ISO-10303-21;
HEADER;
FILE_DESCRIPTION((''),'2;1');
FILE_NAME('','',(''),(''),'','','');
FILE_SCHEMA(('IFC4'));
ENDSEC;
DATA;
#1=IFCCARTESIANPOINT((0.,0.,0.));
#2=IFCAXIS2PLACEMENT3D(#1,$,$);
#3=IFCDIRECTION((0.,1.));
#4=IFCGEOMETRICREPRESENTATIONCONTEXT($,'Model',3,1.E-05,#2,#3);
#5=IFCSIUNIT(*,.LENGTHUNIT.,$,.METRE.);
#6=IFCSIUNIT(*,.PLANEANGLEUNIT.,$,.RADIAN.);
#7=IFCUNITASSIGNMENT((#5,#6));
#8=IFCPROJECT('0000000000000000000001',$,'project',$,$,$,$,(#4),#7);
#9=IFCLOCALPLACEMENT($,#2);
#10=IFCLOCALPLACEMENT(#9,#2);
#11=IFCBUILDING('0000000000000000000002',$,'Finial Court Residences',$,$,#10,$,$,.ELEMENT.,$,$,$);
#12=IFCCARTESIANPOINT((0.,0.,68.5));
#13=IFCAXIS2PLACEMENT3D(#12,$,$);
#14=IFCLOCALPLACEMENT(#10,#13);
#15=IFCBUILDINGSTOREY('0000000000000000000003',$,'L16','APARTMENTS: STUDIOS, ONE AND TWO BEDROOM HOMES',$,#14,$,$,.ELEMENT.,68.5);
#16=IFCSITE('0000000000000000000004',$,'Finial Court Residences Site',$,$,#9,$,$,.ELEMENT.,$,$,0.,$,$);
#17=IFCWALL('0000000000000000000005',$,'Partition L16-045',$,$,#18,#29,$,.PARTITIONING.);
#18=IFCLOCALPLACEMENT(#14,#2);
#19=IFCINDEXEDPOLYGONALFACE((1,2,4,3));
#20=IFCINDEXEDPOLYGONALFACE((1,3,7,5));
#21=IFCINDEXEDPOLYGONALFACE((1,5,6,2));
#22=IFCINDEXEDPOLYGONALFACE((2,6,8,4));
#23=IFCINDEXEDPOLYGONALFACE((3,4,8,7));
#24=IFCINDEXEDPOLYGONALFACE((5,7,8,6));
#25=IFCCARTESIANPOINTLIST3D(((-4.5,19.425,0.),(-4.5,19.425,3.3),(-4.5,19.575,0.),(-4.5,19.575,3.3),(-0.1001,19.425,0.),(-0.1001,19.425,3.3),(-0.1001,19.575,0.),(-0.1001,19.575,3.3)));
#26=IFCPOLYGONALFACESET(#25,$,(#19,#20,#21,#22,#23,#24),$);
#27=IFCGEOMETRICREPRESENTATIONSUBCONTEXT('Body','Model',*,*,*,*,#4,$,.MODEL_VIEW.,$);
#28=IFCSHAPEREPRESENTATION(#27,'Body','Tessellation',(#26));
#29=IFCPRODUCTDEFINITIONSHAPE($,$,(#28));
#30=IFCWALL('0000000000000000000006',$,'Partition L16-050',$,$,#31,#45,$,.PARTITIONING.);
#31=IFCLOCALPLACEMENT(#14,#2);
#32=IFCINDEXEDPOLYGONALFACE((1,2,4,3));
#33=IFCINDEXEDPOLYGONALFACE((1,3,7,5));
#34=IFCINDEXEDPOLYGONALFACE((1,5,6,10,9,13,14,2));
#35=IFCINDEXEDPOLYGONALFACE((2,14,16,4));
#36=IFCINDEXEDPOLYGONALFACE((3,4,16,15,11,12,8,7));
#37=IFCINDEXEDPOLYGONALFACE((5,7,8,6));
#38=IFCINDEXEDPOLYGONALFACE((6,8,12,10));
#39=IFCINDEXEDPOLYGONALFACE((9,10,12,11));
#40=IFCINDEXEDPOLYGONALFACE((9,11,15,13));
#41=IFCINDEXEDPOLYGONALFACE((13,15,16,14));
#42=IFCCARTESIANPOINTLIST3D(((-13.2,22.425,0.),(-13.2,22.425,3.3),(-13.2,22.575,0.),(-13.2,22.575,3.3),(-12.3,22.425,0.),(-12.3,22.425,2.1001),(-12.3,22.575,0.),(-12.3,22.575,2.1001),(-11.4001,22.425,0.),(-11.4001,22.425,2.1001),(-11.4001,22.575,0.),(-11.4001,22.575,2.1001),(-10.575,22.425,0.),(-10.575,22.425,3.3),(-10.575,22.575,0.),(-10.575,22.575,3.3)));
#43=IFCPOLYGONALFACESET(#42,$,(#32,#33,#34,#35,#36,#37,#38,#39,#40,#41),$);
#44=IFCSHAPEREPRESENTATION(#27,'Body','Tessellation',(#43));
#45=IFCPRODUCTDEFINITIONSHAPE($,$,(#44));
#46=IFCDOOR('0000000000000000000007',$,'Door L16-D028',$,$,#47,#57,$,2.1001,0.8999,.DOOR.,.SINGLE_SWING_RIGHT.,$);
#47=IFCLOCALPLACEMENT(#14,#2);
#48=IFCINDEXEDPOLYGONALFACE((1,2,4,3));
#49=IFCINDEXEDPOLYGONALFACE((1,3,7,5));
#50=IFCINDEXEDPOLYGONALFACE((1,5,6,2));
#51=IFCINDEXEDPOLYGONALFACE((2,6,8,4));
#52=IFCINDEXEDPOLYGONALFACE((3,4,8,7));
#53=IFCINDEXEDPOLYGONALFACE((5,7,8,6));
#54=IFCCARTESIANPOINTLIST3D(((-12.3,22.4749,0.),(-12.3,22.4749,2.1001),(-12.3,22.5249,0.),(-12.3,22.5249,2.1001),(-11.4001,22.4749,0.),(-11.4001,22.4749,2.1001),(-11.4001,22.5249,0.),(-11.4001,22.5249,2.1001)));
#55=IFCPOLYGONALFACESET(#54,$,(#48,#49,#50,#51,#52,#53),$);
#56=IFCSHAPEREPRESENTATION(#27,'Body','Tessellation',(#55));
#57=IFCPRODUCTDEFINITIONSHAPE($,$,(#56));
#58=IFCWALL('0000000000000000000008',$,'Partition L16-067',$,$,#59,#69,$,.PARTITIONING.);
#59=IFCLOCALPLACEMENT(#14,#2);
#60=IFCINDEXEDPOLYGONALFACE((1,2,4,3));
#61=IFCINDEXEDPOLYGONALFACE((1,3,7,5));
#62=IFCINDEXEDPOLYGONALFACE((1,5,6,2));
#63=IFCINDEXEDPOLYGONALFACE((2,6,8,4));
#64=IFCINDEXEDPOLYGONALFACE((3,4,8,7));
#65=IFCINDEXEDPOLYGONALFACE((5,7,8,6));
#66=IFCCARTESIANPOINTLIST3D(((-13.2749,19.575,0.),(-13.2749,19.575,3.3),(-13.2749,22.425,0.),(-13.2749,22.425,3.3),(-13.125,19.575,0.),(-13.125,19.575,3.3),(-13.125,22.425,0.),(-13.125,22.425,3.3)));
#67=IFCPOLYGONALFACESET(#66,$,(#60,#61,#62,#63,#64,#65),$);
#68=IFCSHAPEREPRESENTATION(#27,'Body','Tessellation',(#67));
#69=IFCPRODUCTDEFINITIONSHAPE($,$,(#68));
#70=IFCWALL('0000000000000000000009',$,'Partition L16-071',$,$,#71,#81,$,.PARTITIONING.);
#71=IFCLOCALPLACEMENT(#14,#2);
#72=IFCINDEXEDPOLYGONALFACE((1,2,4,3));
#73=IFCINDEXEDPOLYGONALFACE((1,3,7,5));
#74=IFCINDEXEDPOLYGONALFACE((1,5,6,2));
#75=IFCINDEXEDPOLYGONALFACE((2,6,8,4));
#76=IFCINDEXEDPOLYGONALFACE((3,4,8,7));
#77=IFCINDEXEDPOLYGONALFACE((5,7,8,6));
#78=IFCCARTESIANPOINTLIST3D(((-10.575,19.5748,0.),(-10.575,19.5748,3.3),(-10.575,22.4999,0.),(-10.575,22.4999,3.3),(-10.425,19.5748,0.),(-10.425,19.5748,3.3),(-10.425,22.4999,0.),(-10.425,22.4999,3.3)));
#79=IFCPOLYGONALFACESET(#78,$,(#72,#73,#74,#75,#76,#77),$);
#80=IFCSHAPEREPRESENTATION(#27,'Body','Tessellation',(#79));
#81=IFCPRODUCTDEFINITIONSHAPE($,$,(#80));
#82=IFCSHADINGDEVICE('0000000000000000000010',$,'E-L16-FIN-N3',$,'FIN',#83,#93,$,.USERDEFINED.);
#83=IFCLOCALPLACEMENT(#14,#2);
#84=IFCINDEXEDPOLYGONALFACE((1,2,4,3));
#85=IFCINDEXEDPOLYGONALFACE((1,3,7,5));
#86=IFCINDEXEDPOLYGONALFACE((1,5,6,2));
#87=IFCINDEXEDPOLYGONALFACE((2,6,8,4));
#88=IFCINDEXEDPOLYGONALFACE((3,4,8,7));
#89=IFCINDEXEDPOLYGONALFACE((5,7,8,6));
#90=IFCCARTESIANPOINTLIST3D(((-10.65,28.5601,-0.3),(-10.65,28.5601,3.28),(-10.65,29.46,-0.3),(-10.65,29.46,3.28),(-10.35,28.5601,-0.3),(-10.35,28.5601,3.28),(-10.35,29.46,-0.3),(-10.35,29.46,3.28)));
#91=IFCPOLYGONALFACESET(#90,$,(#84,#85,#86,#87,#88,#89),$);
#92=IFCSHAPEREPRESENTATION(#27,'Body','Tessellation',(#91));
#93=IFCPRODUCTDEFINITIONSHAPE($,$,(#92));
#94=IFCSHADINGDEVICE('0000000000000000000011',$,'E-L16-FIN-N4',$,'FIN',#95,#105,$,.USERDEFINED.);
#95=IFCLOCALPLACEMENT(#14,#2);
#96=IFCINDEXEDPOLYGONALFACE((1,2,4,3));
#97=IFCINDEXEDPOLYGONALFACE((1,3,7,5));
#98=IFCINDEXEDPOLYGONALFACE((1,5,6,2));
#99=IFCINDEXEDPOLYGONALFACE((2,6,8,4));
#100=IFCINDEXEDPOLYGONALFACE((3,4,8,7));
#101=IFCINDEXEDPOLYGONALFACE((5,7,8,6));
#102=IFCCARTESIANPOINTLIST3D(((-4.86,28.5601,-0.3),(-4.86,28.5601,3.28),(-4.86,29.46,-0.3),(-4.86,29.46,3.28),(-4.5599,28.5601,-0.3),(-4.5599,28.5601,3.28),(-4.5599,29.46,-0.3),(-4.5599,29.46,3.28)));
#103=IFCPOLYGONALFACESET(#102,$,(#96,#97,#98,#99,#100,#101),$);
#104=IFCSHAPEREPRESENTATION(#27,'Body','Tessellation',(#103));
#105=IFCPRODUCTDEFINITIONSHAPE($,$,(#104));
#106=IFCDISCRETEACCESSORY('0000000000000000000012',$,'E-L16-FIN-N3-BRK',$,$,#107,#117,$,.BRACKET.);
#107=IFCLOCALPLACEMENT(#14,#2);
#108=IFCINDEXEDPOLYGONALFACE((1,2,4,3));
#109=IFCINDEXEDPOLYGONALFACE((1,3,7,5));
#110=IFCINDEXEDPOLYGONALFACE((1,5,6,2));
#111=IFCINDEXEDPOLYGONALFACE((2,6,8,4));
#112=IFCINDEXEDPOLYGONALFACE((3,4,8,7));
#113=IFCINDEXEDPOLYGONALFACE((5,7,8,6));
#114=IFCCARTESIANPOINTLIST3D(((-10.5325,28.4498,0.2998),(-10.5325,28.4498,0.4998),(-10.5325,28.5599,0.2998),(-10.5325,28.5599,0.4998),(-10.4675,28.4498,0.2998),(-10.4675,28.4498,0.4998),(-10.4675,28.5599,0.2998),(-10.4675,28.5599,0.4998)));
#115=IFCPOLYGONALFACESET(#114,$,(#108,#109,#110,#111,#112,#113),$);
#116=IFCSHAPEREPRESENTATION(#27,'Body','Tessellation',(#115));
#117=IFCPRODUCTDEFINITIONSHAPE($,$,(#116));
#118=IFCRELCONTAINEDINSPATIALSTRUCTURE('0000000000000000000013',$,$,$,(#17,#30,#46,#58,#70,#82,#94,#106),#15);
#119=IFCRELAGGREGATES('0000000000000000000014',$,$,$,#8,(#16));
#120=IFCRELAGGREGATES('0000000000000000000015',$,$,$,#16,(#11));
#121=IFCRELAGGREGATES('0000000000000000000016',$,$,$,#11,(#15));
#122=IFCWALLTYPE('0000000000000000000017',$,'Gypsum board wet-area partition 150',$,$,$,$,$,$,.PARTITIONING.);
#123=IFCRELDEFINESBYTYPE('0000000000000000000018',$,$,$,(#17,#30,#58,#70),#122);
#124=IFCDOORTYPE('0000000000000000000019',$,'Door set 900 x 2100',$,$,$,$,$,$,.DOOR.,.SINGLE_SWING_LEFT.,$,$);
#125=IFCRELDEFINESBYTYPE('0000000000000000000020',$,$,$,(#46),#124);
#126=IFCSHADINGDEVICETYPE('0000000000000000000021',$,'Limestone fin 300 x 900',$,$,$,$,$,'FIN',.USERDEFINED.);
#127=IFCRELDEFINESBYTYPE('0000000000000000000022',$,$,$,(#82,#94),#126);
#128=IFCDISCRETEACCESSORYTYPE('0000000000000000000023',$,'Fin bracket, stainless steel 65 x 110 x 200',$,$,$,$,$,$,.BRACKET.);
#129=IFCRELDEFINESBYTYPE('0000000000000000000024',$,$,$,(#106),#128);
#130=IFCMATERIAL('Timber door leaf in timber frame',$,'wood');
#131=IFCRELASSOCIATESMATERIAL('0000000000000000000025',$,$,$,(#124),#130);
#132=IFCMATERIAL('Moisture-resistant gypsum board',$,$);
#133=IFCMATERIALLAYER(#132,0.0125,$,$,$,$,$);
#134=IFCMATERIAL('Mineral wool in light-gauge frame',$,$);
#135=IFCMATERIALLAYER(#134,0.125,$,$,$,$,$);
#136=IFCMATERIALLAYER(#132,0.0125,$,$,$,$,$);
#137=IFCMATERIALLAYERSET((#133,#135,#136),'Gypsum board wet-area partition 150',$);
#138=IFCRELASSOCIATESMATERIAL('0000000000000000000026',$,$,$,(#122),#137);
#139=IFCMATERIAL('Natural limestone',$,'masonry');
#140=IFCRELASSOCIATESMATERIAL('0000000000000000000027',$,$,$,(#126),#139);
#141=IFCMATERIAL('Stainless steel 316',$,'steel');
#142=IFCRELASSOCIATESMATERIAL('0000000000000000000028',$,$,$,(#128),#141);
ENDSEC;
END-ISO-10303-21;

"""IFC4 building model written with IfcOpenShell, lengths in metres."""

from ifc_helpers import new_model, si_unit, direction, frame, frame_2d, origin, origin_2d, place, context, subcontext, project, spatial, rectangle, extrude, material, layer, layer_set, type_object, element, fill, save


model = new_model("IFC4")

# Units and contexts
model_context = context("Model", 3, precision=1e-05, world=origin(), true_north=direction((0.0, 1.0)))
body_context = subcontext(model_context, "Body", "Model", "MODEL_VIEW")
ifc_project = project(units=[si_unit("LENGTHUNIT", "METRE"), si_unit("PLANEANGLEUNIT", "RADIAN")], contexts=[model_context])

# Site, building, storey
site_placement = place(None, origin())
site = spatial("IfcSite", under=ifc_project, at=site_placement, Name="Finial Court Residences Site", CompositionType="ELEMENT", RefElevation=0.0)
building_placement = place(site_placement, origin())
building = spatial("IfcBuilding", under=site, at=building_placement, Name="Finial Court Residences", CompositionType="ELEMENT")
storey_placement = place(building_placement, frame((0.0, 0.0, 68.5)))
storey = spatial("IfcBuildingStorey", under=building, at=storey_placement, Name="L16", Description="APARTMENTS: STUDIOS, ONE AND TWO BEDROOM HOMES", CompositionType="ELEMENT", Elevation=68.5)

# Shared definitions
ifc_material_1 = material(Name="Mineral wool in light-gauge frame")
ifc_material_2 = material(Name="Timber door leaf in timber frame", Category="wood")
door_type = type_object("IfcDoorType", Name="Door set 900 x 2100", OperationType="SINGLE_SWING_LEFT", PredefinedType="DOOR", material=ifc_material_2)

# Wall
ifc_material_3 = material(Name="Moisture-resistant gypsum board")
ifc_layer_1 = layer(ifc_material_3, 0.0125)
ifc_layer_2 = layer(ifc_material_1, 0.125)
ifc_layer_3 = layer(ifc_material_3, 0.0125)
ifc_layer_set_1 = layer_set([ifc_layer_1, ifc_layer_2, ifc_layer_3], Name="Gypsum board wet-area partition 150")
wall_type_1 = type_object("IfcWallType", Name="Gypsum board wet-area partition 150", PredefinedType="PARTITIONING", material=ifc_layer_set_1)
wall_1_placement = place(storey_placement, frame((-4.5, 19.5, 0.0), z_axis=(0.0, 0.0, 1.0), x_axis=(1.0, 0.0, 0.0)))
element("IfcWall", 1, at=wall_1_placement, inside=storey, type_object=wall_type_1, Name="Partition L16-045", PredefinedType="PARTITIONING", context=body_context, shape_type="SweptSolid", body=[
    extrude(rectangle(XDim=4.3999, YDim=0.1499, at=frame_2d((2.2, 0.0))), origin(), (0.0, 0.0, 1.0), 3.3),
])

# Wall, opening, door
wall_2_placement = place(storey_placement, frame((-13.2, 22.5, 0.0), z_axis=(0.0, 0.0, 1.0), x_axis=(1.0, 0.0, 0.0)))
wall_2 = element("IfcWall", 2, at=wall_2_placement, inside=storey, type_object=wall_type_1, Name="Partition L16-050", PredefinedType="PARTITIONING", context=body_context, shape_type="SweptSolid", body=[
    extrude(rectangle(XDim=2.625, YDim=0.1499, at=frame_2d((1.3125, 0.0))), origin(), (0.0, 0.0, 1.0), 3.3),
])
opening_1_placement = place(wall_2_placement, frame((0.8999, 0.0, 0.0)))
opening_1 = element("IfcOpeningElement", 3, at=opening_1_placement, cuts=wall_2, PredefinedType="OPENING", context=body_context, shape_type="SweptSolid", body=[
    extrude(rectangle(XDim=0.8999, YDim=2.1001, at=frame_2d((0.45, 1.05))), frame((0.0, 0.085, 0.0), z_axis=(0.0, -1.0, 0.0), x_axis=(1.0, 0.0, 0.0)), (0.0, 0.0, 1.0), 0.1699),
])
door_1_placement = place(opening_1_placement, origin())
door_1 = element("IfcDoor", 4, at=door_1_placement, inside=storey, type_object=door_type, Name="Door L16-D028", OperationType="SINGLE_SWING_RIGHT", OverallHeight=2.1001, OverallWidth=0.8999, PredefinedType="DOOR", context=body_context, shape_type="SweptSolid", body=[
    extrude(rectangle(XDim=0.8999, YDim=2.1001, at=frame_2d((0.45, 1.05))), frame((0.0, 0.0249, 0.0), z_axis=(0.0, -1.0, 0.0), x_axis=(1.0, 0.0, 0.0)), (0.0, 0.0, 1.0), 0.05),
])
fill(opening_1, door_1)

# Walls
wall_3_placement = place(storey_placement, frame((-13.2, 19.575, 0.0), z_axis=(0.0, 0.0, 1.0), x_axis=(0.0, 1.0, 0.0)))
element("IfcWall", 5, at=wall_3_placement, inside=storey, type_object=wall_type_1, Name="Partition L16-067", PredefinedType="PARTITIONING", context=body_context, shape_type="SweptSolid", body=[
    extrude(rectangle(XDim=2.8501, YDim=0.1499, at=frame_2d((1.425, 0.0))), origin(), (0.0, 0.0, 1.0), 3.3),
])
wall_4_placement = place(storey_placement, frame((-10.5, 19.575, 0.0), z_axis=(0.0, 0.0, 1.0), x_axis=(0.0, 1.0, 0.0)))
element("IfcWall", 6, at=wall_4_placement, inside=storey, type_object=wall_type_1, Name="Partition L16-071", PredefinedType="PARTITIONING", context=body_context, shape_type="SweptSolid", body=[
    extrude(rectangle(XDim=2.925, YDim=0.1499, at=frame_2d((1.4624, 0.0))), origin(), (0.0, 0.0, 1.0), 3.3),
])

# Shading devices
ifc_material_4 = material(Name="Natural limestone", Category="masonry")
shading_device_type = type_object("IfcShadingDeviceType", Name="Limestone fin 300 x 900", ElementType="FIN", PredefinedType="USERDEFINED", material=ifc_material_4)
for number, where, z_axis, x_axis, name in (
    (7, (-10.5, 29.01, -0.3), (0.0, 0.0, 1.0), (1.0, 0.0, 0.0), "E-L16-FIN-N3"),
    (8, (-4.71, 29.01, -0.3), (0.0, 0.0, 1.0), (1.0, 0.0, 0.0), "E-L16-FIN-N4"),
):
    element("IfcShadingDevice", number, at=place(storey_placement, frame(where, z_axis=z_axis, x_axis=x_axis)), inside=storey, type_object=shading_device_type, Name=name, ObjectType="FIN", PredefinedType="USERDEFINED", context=body_context, shape_type="SweptSolid", body=[
        extrude(rectangle(XDim=0.3, YDim=0.8999, at=origin_2d()), origin(), (0.0, 0.0, 1.0), 3.5801),
    ])

# Discrete accessory
ifc_material_5 = material(Name="Stainless steel 316", Category="steel")
discrete_accessory_type = type_object("IfcDiscreteAccessoryType", Name="Fin bracket, stainless steel 65 x 110 x 200", PredefinedType="BRACKET", material=ifc_material_5)
discrete_accessory_placement = place(storey_placement, frame((-10.5, 28.5049, 0.2998), z_axis=(0.0, 0.0, 1.0), x_axis=(1.0, 0.0, 0.0)))
element("IfcDiscreteAccessory", 9, at=discrete_accessory_placement, inside=storey, type_object=discrete_accessory_type, Name="E-L16-FIN-N3-BRK", PredefinedType="BRACKET", context=body_context, shape_type="SweptSolid", body=[
    extrude(rectangle(XDim=0.0649, YDim=0.1101, at=origin_2d()), origin(), (0.0, 0.0, 1.0), 0.2),
])

save(model, "model.ifc")
